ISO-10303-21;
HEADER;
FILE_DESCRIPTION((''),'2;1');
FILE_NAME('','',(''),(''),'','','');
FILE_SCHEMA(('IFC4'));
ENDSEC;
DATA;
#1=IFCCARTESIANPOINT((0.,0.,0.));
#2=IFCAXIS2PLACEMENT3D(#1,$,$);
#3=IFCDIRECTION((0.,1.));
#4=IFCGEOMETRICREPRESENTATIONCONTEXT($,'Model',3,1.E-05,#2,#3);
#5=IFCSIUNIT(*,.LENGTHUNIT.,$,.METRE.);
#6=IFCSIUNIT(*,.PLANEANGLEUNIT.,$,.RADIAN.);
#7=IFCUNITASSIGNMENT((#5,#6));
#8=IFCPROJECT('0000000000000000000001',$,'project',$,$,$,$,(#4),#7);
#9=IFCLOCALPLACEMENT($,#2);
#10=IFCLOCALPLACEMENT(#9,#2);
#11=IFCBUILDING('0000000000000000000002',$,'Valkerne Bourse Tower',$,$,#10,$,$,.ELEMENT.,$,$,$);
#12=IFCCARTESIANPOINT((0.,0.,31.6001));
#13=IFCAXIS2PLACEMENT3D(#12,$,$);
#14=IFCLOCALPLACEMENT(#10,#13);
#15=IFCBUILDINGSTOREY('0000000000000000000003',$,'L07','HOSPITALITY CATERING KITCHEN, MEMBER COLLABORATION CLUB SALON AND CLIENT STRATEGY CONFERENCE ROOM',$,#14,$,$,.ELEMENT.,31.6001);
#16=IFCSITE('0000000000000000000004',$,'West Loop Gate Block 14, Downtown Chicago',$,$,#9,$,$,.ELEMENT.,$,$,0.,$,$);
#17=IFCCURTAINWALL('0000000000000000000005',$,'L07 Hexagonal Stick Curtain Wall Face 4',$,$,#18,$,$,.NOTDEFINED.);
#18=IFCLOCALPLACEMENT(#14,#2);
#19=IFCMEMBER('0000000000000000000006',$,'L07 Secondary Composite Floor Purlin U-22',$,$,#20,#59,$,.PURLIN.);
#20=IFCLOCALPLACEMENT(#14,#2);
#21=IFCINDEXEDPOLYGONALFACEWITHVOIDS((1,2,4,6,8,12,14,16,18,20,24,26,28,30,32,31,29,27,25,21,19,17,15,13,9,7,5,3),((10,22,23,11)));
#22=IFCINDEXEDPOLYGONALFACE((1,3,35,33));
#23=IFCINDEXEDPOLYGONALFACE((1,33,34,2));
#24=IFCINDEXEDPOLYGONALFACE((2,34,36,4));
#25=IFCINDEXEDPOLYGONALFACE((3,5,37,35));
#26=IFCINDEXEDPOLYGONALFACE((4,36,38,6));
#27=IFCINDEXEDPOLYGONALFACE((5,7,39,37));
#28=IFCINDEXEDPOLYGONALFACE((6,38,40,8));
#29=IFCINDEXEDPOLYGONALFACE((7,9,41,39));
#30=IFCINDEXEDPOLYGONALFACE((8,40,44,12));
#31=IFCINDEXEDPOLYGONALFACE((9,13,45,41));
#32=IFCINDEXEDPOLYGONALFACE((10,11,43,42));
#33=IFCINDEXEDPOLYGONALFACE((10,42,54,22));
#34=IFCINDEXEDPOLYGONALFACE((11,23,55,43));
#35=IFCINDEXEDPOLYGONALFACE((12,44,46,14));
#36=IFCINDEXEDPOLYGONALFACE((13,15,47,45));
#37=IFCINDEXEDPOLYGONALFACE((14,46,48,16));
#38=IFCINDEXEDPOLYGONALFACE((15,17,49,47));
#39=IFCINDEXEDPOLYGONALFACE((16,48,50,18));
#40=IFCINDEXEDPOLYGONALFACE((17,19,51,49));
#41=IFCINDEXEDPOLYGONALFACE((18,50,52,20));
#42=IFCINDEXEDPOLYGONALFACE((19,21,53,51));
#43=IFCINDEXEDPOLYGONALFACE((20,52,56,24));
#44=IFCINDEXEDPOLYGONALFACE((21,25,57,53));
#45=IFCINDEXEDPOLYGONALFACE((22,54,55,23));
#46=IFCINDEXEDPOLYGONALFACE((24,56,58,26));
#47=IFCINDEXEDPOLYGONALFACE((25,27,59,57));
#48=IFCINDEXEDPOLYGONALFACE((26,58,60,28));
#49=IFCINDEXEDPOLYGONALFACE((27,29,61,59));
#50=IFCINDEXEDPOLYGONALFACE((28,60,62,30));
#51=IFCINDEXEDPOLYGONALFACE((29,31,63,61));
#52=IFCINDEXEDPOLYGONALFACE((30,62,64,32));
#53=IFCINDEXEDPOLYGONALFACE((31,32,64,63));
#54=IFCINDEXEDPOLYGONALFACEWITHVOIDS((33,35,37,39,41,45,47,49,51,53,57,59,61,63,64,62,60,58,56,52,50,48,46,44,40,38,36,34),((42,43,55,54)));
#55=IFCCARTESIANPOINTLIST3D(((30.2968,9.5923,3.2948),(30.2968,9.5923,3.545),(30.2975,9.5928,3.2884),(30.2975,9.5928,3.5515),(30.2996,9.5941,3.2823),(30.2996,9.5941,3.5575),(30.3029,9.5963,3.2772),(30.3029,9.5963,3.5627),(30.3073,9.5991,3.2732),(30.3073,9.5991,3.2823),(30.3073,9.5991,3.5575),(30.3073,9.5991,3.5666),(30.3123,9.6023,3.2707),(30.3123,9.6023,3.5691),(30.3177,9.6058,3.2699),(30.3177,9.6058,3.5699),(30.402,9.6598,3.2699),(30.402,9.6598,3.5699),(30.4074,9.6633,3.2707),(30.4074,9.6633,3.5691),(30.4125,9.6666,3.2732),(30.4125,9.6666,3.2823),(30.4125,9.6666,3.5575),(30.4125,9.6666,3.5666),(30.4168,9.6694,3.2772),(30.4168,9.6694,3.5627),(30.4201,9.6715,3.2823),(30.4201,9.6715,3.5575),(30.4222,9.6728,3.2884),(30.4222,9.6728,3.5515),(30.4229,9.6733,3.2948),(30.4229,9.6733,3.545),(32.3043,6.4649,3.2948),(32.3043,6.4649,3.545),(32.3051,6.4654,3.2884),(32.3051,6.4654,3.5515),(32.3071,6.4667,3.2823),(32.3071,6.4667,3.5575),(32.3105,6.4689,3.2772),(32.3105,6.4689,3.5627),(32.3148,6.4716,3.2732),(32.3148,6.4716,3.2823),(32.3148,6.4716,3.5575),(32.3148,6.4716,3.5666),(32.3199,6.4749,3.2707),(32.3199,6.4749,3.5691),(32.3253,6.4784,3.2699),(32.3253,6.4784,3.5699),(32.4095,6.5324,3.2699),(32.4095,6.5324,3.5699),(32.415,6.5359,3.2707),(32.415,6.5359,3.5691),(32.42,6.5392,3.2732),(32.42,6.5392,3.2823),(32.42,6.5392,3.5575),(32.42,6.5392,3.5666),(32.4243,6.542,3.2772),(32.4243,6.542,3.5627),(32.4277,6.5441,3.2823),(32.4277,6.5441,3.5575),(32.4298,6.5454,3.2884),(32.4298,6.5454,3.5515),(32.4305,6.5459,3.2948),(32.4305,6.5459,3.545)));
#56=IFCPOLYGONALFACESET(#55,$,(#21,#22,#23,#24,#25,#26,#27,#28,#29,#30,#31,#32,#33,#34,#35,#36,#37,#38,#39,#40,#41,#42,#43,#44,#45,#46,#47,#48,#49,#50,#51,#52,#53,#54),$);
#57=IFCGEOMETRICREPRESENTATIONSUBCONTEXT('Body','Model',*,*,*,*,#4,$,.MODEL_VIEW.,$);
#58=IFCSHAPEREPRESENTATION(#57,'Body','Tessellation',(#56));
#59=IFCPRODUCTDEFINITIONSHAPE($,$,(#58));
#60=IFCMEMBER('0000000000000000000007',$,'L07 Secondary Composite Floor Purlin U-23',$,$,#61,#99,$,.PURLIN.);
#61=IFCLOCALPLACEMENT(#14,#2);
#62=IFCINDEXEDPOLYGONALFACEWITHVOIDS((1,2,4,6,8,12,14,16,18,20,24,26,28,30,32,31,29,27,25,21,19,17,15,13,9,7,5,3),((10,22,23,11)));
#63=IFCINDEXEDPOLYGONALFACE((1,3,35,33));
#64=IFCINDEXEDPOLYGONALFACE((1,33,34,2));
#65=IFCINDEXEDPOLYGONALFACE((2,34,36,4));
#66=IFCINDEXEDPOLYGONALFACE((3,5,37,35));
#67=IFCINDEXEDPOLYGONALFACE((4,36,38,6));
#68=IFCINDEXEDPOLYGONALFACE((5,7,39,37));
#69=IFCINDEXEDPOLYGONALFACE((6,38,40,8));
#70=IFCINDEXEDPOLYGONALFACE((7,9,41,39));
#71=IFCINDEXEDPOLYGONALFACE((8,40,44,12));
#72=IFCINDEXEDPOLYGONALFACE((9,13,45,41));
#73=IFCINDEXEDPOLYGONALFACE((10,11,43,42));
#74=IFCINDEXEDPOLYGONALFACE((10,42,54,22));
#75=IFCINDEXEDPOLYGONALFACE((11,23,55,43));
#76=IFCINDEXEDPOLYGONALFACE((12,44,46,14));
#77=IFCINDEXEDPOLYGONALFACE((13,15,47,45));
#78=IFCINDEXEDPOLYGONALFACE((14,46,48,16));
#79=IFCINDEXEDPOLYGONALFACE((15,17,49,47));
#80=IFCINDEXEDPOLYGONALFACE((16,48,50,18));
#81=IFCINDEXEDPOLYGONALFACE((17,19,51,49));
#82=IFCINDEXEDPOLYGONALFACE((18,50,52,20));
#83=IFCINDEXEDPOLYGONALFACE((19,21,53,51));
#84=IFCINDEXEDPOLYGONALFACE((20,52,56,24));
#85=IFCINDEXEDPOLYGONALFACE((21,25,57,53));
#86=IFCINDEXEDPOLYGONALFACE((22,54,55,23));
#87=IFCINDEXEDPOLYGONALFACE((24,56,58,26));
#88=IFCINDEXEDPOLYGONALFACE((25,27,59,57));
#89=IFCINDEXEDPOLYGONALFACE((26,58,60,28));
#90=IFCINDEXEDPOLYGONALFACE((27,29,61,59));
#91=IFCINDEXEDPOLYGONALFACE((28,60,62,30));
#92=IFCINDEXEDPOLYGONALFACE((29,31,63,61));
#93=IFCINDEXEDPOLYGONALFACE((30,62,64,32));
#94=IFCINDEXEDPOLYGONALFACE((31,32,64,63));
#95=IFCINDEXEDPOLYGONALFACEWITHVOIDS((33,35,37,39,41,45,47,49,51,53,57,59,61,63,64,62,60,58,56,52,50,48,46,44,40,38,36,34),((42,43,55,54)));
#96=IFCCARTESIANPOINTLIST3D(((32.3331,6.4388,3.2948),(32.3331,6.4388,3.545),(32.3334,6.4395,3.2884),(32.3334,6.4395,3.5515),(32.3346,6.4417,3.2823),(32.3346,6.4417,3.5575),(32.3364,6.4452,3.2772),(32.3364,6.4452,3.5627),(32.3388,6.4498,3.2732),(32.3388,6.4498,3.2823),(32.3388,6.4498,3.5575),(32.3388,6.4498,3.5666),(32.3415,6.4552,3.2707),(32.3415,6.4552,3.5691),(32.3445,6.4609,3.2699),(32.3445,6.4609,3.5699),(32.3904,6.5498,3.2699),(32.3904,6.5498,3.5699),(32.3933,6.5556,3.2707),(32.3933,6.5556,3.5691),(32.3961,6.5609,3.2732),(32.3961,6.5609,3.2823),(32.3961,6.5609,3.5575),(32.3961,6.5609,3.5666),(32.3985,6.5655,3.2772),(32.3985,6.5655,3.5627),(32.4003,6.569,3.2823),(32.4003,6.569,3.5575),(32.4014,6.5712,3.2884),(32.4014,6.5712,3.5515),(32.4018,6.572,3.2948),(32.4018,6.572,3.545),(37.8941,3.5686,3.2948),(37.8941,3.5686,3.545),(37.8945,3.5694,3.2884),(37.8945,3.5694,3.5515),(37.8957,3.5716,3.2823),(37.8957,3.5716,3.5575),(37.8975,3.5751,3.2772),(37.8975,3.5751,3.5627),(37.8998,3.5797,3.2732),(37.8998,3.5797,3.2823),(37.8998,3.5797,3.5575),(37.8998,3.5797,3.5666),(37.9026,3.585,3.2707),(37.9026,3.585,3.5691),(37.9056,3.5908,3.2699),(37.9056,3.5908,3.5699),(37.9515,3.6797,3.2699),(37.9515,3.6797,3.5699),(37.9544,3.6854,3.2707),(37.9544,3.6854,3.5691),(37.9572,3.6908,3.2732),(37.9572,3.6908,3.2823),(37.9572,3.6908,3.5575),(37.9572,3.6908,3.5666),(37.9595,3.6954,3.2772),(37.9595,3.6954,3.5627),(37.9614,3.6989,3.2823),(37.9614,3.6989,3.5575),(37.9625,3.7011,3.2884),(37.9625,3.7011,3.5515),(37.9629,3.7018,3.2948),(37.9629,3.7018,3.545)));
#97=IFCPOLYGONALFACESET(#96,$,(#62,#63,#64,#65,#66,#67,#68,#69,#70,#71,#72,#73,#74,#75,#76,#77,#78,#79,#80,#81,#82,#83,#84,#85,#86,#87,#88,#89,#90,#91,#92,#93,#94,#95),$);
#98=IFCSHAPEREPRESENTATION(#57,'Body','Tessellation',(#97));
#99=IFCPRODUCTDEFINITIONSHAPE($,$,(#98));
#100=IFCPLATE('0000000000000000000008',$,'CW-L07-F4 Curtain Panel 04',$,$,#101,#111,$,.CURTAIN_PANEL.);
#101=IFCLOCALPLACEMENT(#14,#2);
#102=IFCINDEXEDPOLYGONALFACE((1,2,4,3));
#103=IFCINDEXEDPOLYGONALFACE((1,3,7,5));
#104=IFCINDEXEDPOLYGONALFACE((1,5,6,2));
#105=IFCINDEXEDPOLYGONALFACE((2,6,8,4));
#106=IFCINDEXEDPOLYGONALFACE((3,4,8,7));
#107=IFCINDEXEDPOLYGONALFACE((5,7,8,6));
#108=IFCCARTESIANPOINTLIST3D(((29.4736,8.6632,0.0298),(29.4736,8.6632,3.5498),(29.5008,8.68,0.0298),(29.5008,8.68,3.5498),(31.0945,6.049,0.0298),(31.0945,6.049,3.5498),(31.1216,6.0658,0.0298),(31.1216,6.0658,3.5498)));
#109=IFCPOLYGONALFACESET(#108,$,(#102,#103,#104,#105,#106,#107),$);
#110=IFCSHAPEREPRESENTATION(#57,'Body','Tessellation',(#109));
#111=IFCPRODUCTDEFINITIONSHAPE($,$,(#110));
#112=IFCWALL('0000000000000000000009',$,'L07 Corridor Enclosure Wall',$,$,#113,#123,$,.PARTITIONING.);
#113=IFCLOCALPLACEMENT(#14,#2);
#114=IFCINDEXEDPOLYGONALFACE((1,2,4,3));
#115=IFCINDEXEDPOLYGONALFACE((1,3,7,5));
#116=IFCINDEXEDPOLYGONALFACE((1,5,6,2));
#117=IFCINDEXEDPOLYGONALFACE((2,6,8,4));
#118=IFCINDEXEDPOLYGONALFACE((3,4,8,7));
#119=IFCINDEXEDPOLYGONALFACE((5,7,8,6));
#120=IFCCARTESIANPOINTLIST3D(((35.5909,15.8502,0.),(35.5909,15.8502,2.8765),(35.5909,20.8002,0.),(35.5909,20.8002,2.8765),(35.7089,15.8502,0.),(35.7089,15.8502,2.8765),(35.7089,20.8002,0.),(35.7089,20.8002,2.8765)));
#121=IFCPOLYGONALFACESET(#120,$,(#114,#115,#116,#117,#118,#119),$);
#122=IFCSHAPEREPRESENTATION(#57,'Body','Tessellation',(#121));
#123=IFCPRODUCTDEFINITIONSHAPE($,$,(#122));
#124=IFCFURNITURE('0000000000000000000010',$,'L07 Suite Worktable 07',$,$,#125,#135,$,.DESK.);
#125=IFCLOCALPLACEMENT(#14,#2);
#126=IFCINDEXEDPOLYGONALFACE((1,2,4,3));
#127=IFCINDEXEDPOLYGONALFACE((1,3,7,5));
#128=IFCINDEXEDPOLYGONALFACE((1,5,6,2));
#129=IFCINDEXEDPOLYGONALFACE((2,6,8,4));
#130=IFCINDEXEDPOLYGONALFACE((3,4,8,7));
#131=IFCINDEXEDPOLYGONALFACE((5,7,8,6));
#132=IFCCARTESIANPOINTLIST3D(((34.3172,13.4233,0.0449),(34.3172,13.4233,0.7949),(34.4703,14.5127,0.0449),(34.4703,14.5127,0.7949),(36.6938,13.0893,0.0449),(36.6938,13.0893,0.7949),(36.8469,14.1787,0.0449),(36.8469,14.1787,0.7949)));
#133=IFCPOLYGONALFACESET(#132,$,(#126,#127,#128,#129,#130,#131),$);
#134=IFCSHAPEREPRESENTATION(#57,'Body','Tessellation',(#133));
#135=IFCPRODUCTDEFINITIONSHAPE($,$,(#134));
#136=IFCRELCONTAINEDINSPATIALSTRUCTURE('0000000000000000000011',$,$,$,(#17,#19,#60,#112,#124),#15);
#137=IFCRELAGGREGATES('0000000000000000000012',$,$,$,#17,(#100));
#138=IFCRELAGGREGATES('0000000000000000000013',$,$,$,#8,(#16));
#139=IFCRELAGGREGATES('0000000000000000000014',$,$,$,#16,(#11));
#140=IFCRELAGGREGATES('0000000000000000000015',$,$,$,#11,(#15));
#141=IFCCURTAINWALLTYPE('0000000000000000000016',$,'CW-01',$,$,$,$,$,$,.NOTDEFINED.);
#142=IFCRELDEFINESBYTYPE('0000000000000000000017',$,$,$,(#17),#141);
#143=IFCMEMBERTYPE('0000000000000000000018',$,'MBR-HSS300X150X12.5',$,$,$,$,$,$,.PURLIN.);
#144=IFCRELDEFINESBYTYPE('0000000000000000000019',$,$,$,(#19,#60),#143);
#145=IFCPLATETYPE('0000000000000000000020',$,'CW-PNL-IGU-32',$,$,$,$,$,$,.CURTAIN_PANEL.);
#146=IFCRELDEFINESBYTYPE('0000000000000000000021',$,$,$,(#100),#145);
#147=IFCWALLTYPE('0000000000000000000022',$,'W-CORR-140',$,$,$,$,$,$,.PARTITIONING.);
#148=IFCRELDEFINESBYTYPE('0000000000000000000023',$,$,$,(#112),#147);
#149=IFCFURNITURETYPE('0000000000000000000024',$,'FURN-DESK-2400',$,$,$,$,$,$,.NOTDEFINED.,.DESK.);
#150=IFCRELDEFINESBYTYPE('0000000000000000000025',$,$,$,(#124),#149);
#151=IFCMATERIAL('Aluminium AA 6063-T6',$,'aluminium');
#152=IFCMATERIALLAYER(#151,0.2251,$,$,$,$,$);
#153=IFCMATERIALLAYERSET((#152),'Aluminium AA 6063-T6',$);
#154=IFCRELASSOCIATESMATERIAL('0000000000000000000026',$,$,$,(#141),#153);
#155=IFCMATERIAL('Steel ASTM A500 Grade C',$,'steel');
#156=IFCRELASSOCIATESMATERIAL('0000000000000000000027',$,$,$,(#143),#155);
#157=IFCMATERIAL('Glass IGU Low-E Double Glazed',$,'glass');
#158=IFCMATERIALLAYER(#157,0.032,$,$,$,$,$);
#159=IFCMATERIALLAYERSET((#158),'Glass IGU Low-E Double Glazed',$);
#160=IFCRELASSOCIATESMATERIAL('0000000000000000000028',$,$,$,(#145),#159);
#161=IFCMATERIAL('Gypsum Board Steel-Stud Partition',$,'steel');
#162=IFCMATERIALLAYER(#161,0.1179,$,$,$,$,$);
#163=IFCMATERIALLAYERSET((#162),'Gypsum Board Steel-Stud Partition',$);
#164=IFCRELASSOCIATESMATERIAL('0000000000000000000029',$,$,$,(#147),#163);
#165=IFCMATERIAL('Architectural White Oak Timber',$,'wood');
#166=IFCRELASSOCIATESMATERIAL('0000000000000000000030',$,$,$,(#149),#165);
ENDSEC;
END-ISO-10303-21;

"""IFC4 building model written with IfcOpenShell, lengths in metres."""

from ifc_helpers import new_model, si_unit, direction, frame, frame_2d, origin, origin_2d, place, context, subcontext, project, spatial, rectangle, hollow_rectangle, extrude, material, layer, layer_set, material_profile, profile_set, type_object, element, aggregate, save


model = new_model("IFC4")

# Units and contexts
model_context = context("Model", 3, precision=1e-05, world=origin(), true_north=direction((0.0, 1.0)))
body_context = subcontext(model_context, "Body", "Model", "MODEL_VIEW")
ifc_project = project(units=[si_unit("LENGTHUNIT", "METRE"), si_unit("PLANEANGLEUNIT", "RADIAN")], contexts=[model_context])

# Site, building, storey
site_placement = place(None, origin())
site = spatial("IfcSite", under=ifc_project, at=site_placement, Name="West Loop Gate Block 14, Downtown Chicago", CompositionType="ELEMENT", RefElevation=0.0)
building_placement = place(site_placement, origin())
building = spatial("IfcBuilding", under=site, at=building_placement, Name="Valkerne Bourse Tower", CompositionType="ELEMENT")
storey_placement = place(building_placement, frame((0.0, 0.0, 31.6001)))
storey = spatial("IfcBuildingStorey", under=building, at=storey_placement, Name="L07", Description="HOSPITALITY CATERING KITCHEN, MEMBER COLLABORATION CLUB SALON AND CLIENT STRATEGY CONFERENCE ROOM", CompositionType="ELEMENT", Elevation=31.6001)

# Curtain wall
ifc_material_1 = material(Name="Aluminium AA 6063-T6", Category="aluminium")
ifc_layer_1 = layer(ifc_material_1, 0.2251)
ifc_layer_set_1 = layer_set([ifc_layer_1], Name="Aluminium AA 6063-T6")
curtain_wall_type = type_object("IfcCurtainWallType", Name="CW-01", PredefinedType="NOTDEFINED", material=ifc_layer_set_1)
curtain_wall_placement = place(storey_placement, origin())
curtain_wall = element("IfcCurtainWall", 1, at=curtain_wall_placement, inside=storey, type_object=curtain_wall_type, Name="L07 Hexagonal Stick Curtain Wall Face 4", PredefinedType="NOTDEFINED")

# Members
ifc_material_2 = material(Name="Steel ASTM A500 Grade C", Category="steel")
ifc_material_profile_1 = material_profile(ifc_material_2, hollow_rectangle(XDim=0.1499, YDim=0.3, WallThickness=0.0125, OuterFilletRadius=0.0249, at=origin_2d()), Name="HSS300X150X12.5")
ifc_profile_set_1 = profile_set([ifc_material_profile_1], Name="Steel ASTM A500 Grade C")
member_type_1 = type_object("IfcMemberType", Name="MBR-HSS300X150X12.5", PredefinedType="PURLIN", material=ifc_profile_set_1)
member_1_placement = place(storey_placement, frame((30.3599, 9.6328, 3.4199), z_axis=(0.5402, -0.841537, 0.0), x_axis=(0.841537, 0.5402, 0.0)))
element("IfcMember", 2, at=member_1_placement, inside=storey, type_object=member_type_1, Name="L07 Secondary Composite Floor Purlin U-22", PredefinedType="PURLIN", context=body_context, shape_type="SweptSolid", body=[
    extrude(hollow_rectangle(XDim=0.1499, YDim=0.3, WallThickness=0.0125, OuterFilletRadius=0.0249, at=origin_2d()), origin(), (0.0, 0.0, 1.0), 3.7163),
])
member_2_placement = place(storey_placement, frame((32.3674, 6.5054, 3.4199), z_axis=(0.888627, -0.458631, 0.0), x_axis=(0.458631, 0.888627, 0.0)))
element("IfcMember", 3, at=member_2_placement, inside=storey, type_object=member_type_1, Name="L07 Secondary Composite Floor Purlin U-23", PredefinedType="PURLIN", context=body_context, shape_type="SweptSolid", body=[
    extrude(hollow_rectangle(XDim=0.1499, YDim=0.3, WallThickness=0.0125, OuterFilletRadius=0.0249, at=origin_2d()), origin(), (0.0, 0.0, 1.0), 6.2581),
])

# Plate
ifc_material_3 = material(Name="Glass IGU Low-E Double Glazed", Category="glass")
ifc_layer_2 = layer(ifc_material_3, 0.032)
ifc_layer_set_2 = layer_set([ifc_layer_2], Name="Glass IGU Low-E Double Glazed")
plate_type = type_object("IfcPlateType", Name="CW-PNL-IGU-32", PredefinedType="CURTAIN_PANEL", material=ifc_layer_set_2)
plate_placement = place(storey_placement, frame((30.2976, 7.3645, 0.0298), z_axis=(0.0, 0.0, 1.0), x_axis=(0.526961, -0.849889, 0.0)))
plate = element("IfcPlate", 4, at=plate_placement, type_object=plate_type, Name="CW-L07-F4 Curtain Panel 04", PredefinedType="CURTAIN_PANEL", context=body_context, shape_type="SweptSolid", body=[
    extrude(rectangle(XDim=3.0759, YDim=0.032, at=origin_2d()), origin(), (0.0, 0.0, 1.0), 3.52),
])
aggregate(curtain_wall, [plate])

# Wall
ifc_material_4 = material(Name="Gypsum Board Steel-Stud Partition", Category="steel")
ifc_layer_3 = layer(ifc_material_4, 0.1179)
ifc_layer_set_3 = layer_set([ifc_layer_3], Name="Gypsum Board Steel-Stud Partition")
wall_type = type_object("IfcWallType", Name="W-CORR-140", PredefinedType="PARTITIONING", material=ifc_layer_set_3)
wall_placement = place(storey_placement, frame((35.6499, 15.8501, 0.0), z_axis=(0.0, 0.0, 1.0), x_axis=(0.0, 1.0, 0.0)))
element("IfcWall", 5, at=wall_placement, inside=storey, type_object=wall_type, Name="L07 Corridor Enclosure Wall", PredefinedType="PARTITIONING", context=body_context, shape_type="SweptSolid", body=[
    extrude(rectangle(XDim=4.95, YDim=0.1179, at=frame_2d((2.4751, 0.0))), origin(), (0.0, 0.0, 1.0), 2.8765),
])

# Furniture
ifc_material_5 = material(Name="Architectural White Oak Timber", Category="wood")
furniture_type = type_object("IfcFurnitureType", Name="FURN-DESK-2400", AssemblyPlace="NOTDEFINED", PredefinedType="DESK", material=ifc_material_5)
furniture_placement = place(storey_placement, frame((35.582, 13.801, 0.0449), z_axis=(0.0, 0.0, 1.0), x_axis=(-0.990268, 0.139173, 0.0)))
element("IfcFurniture", 6, at=furniture_placement, inside=storey, type_object=furniture_type, Name="L07 Suite Worktable 07", PredefinedType="DESK", context=body_context, shape_type="SweptSolid", body=[
    extrude(rectangle(XDim=2.3999, YDim=1.1001, at=origin_2d()), origin(), (0.0, 0.0, 1.0), 0.75),
])

save(model, "model.ifc")
